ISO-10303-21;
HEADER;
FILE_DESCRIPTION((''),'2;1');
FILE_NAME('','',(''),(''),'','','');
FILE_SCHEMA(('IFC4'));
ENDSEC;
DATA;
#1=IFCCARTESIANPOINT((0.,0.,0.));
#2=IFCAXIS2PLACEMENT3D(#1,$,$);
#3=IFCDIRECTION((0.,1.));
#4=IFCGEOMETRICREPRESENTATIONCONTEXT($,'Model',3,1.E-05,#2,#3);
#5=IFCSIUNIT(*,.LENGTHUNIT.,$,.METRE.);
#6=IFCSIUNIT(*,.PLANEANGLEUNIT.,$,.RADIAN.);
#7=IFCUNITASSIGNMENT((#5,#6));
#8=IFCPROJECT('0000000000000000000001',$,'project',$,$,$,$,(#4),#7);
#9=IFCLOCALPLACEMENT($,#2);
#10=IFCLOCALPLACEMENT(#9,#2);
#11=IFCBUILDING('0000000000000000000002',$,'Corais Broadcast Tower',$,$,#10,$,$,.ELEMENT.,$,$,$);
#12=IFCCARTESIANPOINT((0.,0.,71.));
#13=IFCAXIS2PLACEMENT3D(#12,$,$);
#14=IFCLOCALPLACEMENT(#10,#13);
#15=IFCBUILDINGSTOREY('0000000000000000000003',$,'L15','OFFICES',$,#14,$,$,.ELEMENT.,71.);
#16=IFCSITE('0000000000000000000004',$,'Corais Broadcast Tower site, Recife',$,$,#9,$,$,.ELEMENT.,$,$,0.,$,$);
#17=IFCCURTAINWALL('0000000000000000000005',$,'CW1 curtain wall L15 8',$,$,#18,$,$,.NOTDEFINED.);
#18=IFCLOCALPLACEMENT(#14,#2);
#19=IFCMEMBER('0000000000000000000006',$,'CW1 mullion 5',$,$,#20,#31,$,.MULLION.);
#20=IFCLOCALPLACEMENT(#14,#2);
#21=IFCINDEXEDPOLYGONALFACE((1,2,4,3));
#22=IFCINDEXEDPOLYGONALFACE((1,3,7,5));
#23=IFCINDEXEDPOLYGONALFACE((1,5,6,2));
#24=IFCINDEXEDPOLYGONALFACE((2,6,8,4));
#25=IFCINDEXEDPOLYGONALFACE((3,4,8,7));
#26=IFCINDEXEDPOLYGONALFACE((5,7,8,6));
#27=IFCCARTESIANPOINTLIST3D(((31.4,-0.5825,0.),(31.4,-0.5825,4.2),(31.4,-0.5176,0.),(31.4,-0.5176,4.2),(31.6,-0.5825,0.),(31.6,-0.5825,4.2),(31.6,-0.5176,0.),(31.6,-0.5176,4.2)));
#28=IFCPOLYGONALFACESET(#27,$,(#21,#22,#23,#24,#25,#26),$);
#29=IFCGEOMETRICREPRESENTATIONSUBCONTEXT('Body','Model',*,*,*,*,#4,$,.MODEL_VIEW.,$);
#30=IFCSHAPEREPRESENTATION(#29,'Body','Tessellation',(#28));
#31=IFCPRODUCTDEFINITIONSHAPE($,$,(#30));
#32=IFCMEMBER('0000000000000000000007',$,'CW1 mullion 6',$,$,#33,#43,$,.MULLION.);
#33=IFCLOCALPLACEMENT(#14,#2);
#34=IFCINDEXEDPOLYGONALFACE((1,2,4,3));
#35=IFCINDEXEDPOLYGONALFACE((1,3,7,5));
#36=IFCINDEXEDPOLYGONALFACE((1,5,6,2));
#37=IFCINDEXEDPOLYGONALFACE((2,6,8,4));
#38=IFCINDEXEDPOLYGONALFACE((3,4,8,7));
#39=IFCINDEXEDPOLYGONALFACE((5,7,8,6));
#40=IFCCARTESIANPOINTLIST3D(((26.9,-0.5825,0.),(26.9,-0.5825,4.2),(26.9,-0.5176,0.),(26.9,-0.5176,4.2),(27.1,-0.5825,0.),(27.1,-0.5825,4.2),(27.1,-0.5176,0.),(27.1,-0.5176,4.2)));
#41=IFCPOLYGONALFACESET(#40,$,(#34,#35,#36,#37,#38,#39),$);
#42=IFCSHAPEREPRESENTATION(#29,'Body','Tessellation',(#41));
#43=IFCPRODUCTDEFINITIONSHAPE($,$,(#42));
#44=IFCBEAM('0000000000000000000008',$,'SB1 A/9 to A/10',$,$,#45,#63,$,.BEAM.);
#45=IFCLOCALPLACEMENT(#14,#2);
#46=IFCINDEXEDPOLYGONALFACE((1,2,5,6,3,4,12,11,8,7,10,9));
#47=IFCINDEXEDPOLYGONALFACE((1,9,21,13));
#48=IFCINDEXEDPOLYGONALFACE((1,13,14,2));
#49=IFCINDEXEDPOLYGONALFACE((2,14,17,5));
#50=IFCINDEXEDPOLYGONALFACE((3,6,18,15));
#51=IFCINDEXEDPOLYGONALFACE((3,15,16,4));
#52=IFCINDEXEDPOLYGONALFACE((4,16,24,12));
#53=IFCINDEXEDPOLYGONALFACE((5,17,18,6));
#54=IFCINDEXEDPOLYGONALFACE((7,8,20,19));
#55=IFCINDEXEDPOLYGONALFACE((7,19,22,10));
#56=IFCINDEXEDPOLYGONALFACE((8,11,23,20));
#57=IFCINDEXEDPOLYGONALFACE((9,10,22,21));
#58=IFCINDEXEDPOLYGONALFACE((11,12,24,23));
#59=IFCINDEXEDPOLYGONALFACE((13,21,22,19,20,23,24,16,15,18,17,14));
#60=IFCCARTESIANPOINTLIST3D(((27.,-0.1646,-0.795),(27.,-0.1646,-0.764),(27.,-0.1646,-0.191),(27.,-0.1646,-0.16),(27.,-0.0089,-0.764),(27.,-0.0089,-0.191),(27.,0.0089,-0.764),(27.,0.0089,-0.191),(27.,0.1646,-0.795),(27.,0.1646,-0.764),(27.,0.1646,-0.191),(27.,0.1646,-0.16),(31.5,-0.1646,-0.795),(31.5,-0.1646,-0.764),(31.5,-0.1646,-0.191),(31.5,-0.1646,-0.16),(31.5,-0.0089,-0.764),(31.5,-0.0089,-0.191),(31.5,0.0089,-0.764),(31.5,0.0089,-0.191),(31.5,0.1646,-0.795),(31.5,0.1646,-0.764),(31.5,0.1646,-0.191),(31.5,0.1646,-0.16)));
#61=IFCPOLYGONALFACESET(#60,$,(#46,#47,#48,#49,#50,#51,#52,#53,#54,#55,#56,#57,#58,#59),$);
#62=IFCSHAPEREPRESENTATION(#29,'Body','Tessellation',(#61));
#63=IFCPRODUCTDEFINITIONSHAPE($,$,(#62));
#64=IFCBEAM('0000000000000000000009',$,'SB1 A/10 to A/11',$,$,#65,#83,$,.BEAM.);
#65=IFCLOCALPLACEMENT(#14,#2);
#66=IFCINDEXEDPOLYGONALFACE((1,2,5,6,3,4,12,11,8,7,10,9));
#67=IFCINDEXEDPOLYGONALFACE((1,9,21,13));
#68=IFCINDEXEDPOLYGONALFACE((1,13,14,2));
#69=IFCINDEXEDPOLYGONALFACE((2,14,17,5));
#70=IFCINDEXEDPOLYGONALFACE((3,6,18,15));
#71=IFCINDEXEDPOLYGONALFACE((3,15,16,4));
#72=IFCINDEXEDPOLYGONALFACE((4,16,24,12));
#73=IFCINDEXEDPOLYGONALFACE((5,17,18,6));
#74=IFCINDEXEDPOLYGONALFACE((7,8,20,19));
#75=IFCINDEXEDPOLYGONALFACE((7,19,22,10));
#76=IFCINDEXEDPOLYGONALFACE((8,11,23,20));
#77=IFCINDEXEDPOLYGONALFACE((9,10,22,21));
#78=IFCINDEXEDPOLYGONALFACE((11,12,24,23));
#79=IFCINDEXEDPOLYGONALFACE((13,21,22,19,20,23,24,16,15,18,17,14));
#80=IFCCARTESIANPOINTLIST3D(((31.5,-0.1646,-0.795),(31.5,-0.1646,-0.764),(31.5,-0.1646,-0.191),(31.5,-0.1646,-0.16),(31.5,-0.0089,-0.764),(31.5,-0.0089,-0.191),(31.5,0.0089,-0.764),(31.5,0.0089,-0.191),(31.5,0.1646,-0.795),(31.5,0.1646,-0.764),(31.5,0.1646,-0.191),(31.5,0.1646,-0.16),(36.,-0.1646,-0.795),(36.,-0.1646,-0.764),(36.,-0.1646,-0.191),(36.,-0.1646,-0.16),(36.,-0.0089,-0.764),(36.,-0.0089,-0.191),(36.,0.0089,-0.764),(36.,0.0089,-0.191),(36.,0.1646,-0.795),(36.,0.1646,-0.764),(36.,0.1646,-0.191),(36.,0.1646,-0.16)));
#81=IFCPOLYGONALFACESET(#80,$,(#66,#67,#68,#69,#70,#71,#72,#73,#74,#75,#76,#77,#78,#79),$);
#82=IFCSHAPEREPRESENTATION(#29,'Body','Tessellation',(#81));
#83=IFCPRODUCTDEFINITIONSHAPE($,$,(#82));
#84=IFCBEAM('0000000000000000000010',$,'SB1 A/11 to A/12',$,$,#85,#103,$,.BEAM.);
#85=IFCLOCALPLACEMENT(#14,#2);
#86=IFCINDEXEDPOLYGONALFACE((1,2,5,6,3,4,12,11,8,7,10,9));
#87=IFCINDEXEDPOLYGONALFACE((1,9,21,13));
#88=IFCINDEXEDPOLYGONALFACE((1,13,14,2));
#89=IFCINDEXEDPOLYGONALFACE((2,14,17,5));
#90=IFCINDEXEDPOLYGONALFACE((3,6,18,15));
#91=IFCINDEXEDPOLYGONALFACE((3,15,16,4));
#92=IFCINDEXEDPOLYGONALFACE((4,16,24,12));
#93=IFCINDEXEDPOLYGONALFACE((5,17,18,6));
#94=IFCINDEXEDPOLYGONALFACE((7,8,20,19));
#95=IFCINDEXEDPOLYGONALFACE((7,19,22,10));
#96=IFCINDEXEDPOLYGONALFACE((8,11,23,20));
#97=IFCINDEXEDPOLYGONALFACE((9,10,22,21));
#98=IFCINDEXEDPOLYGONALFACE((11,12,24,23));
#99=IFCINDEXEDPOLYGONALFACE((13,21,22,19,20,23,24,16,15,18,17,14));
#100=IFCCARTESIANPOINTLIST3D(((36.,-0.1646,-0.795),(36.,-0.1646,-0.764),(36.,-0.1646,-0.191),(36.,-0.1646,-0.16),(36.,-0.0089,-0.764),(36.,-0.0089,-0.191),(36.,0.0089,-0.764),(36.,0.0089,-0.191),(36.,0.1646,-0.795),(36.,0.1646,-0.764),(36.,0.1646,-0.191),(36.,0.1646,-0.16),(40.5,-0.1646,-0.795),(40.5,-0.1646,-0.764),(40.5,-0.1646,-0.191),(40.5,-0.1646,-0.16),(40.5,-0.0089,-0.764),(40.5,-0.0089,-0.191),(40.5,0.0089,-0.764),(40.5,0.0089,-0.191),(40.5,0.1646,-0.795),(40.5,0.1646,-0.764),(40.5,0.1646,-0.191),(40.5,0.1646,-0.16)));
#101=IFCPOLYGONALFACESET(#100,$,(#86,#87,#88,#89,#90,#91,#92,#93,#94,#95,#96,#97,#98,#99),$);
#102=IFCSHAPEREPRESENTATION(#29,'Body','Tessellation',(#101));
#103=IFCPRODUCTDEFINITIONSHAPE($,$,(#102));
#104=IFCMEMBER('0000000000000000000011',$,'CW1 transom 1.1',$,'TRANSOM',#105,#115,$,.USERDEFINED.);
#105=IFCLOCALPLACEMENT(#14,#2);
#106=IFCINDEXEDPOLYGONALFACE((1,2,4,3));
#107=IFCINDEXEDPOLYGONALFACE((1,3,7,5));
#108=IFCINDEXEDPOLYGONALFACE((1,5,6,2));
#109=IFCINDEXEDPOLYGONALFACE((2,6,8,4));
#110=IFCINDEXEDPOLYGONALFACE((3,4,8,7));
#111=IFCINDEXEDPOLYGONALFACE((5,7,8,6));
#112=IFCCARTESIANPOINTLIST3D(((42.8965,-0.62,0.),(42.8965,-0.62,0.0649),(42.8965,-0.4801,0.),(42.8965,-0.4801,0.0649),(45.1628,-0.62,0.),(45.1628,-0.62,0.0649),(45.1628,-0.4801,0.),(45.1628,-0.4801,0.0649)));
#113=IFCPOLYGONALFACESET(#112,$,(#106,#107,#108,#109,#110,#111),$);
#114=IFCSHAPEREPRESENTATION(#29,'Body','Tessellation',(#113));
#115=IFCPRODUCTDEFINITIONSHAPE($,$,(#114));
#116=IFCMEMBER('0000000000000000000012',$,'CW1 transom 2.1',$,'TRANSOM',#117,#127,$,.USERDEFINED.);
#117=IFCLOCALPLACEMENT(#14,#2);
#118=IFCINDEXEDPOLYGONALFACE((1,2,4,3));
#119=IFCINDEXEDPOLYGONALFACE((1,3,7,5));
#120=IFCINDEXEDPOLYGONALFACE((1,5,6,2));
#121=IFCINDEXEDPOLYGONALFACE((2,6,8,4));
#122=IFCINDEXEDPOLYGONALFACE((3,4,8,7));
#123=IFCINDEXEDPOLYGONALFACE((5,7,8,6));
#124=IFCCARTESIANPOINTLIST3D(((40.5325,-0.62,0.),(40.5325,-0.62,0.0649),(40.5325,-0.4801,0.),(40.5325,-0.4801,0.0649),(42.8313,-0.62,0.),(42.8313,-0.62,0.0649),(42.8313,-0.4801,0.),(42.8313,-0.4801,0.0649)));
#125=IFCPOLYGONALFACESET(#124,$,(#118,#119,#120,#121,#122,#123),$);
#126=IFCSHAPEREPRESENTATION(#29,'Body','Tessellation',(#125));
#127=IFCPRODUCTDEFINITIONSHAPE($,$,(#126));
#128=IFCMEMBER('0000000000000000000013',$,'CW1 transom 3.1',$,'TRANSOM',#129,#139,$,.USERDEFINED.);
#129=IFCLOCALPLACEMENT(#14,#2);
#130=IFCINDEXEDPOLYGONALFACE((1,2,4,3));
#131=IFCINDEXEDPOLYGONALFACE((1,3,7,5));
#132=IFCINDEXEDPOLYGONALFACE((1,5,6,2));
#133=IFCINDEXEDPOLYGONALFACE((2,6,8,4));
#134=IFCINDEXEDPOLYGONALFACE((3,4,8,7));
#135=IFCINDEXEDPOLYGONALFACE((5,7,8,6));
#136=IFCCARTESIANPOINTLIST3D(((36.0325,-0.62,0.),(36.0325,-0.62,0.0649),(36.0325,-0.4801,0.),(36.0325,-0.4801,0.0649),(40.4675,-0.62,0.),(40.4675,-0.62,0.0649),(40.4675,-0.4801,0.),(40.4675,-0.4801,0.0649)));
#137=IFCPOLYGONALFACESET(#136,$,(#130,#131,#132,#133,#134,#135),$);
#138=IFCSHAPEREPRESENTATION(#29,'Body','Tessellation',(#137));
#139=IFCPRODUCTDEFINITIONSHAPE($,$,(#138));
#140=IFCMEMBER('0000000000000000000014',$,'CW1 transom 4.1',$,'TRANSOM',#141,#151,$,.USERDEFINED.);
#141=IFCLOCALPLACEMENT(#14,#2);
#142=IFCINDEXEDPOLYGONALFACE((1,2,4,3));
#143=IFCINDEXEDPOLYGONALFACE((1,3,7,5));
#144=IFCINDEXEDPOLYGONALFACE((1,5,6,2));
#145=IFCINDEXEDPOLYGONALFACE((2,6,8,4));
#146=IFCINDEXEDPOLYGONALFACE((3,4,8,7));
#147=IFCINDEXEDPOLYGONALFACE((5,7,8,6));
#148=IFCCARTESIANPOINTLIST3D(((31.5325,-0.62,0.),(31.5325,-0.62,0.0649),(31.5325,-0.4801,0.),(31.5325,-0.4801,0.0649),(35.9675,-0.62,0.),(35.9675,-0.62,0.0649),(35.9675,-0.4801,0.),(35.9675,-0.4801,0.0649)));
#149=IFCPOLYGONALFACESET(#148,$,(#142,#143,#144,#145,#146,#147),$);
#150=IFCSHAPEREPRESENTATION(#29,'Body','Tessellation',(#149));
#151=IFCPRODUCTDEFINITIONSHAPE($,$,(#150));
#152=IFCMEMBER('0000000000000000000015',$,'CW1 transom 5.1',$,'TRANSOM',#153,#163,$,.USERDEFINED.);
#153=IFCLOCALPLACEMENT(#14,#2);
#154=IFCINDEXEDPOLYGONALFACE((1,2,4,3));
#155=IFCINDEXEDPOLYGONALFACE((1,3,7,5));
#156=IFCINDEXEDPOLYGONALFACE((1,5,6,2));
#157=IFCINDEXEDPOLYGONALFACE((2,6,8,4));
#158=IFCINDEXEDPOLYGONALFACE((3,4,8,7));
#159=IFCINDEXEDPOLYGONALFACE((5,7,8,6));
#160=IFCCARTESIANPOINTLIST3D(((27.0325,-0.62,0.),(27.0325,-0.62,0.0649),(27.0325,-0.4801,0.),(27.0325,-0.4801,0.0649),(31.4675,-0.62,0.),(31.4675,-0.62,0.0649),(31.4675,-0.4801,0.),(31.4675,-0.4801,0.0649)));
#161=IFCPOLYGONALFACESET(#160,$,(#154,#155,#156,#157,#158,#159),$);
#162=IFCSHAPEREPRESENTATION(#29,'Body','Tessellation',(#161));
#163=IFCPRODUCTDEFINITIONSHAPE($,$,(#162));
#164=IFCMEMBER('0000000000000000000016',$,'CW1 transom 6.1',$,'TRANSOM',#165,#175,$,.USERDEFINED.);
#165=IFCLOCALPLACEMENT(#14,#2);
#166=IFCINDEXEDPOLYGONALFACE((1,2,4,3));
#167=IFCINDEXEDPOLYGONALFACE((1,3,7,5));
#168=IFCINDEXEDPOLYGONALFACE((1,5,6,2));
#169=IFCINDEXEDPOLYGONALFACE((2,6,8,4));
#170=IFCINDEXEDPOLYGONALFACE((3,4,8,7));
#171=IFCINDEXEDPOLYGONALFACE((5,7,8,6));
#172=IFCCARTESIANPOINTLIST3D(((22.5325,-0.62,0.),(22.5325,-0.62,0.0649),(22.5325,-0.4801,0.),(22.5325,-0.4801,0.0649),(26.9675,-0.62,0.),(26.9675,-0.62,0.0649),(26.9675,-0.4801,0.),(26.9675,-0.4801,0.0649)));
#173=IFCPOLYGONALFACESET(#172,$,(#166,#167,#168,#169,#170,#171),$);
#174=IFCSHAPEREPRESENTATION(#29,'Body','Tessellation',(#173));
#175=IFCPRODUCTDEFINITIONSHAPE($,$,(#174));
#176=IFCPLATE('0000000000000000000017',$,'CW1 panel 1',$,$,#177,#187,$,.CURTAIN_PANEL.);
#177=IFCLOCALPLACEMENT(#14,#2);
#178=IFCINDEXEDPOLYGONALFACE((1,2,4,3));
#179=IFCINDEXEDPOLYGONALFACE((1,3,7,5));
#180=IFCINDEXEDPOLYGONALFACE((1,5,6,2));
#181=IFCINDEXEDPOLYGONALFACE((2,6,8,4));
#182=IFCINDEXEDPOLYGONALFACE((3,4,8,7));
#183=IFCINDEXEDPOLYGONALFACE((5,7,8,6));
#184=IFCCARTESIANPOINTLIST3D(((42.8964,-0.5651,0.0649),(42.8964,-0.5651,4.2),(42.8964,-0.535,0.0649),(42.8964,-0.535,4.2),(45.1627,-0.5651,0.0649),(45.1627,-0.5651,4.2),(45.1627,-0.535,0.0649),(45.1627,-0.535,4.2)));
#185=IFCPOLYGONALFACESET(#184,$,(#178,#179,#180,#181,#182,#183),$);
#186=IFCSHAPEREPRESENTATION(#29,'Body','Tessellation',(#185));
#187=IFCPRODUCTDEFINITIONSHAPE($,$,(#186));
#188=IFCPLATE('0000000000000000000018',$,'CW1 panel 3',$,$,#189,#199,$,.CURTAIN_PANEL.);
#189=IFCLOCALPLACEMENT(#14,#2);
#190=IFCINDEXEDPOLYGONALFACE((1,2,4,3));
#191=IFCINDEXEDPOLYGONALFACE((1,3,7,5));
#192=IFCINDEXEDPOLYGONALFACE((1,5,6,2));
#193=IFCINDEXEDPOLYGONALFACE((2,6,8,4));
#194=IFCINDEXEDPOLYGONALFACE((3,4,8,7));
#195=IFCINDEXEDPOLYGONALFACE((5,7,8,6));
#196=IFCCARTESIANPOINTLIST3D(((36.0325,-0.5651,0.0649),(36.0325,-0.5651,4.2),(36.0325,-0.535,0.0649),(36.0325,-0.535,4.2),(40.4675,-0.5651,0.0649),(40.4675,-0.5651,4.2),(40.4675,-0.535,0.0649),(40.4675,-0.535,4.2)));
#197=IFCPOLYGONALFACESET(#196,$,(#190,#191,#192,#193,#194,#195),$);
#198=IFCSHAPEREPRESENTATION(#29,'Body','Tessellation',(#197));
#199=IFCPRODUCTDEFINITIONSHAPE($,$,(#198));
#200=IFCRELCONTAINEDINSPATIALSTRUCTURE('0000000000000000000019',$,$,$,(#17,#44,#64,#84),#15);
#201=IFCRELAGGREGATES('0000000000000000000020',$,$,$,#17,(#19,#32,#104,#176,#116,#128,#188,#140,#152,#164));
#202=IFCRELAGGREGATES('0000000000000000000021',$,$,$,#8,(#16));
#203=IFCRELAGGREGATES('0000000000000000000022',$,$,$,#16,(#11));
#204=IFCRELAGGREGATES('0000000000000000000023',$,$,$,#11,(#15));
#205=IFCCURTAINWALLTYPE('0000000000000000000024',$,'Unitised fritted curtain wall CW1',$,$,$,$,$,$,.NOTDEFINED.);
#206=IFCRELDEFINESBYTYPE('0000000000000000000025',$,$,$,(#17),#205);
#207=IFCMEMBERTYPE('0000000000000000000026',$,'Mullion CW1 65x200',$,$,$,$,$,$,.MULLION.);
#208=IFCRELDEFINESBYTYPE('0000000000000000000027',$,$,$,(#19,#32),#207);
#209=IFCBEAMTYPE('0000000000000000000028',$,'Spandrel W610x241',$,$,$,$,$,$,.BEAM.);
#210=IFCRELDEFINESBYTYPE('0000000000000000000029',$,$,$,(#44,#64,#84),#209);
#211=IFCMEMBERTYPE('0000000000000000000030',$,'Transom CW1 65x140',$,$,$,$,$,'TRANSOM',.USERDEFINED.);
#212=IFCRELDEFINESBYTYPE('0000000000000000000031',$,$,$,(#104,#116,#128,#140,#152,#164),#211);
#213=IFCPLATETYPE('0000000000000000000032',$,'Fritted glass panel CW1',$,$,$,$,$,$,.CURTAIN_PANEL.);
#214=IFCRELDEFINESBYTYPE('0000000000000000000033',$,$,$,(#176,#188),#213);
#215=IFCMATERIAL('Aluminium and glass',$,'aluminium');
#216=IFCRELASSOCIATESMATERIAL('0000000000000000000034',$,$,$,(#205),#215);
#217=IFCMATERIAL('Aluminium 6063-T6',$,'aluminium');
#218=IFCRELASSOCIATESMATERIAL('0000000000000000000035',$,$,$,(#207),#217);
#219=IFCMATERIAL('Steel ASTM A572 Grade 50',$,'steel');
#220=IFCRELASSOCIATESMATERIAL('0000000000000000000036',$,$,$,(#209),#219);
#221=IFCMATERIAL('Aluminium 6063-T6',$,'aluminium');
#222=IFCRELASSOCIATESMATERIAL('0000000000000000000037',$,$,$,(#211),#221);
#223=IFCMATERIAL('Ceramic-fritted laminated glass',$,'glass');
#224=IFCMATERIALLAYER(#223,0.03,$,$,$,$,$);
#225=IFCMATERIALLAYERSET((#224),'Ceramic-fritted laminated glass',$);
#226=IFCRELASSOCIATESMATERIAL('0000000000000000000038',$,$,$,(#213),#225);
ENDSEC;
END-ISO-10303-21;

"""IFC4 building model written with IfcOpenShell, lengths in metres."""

from ifc_helpers import new_model, si_unit, direction, frame, origin, origin_2d, place, context, subcontext, project, spatial, rectangle, i_section, extrude, material, layer, layer_set, material_profile, profile_set, type_object, element, aggregate, save


model = new_model("IFC4")

# Units and contexts
model_context = context("Model", 3, precision=1e-05, world=origin(), true_north=direction((0.0, 1.0)))
body_context = subcontext(model_context, "Body", "Model", "MODEL_VIEW")
ifc_project = project(units=[si_unit("LENGTHUNIT", "METRE"), si_unit("PLANEANGLEUNIT", "RADIAN")], contexts=[model_context])

# Site, building, storey
site_placement = place(None, origin())
site = spatial("IfcSite", under=ifc_project, at=site_placement, Name="Corais Broadcast Tower site, Recife", CompositionType="ELEMENT", RefElevation=0.0)
building_placement = place(site_placement, origin())
building = spatial("IfcBuilding", under=site, at=building_placement, Name="Corais Broadcast Tower", CompositionType="ELEMENT")
storey_placement = place(building_placement, frame((0.0, 0.0, 71.0)))
storey = spatial("IfcBuildingStorey", under=building, at=storey_placement, Name="L15", Description="OFFICES", CompositionType="ELEMENT", Elevation=71.0)

# Curtain wall, members
ifc_material_1 = material(Name="Aluminium and glass", Category="aluminium")
curtain_wall_type = type_object("IfcCurtainWallType", Name="Unitised fritted curtain wall CW1", PredefinedType="NOTDEFINED", material=ifc_material_1)
curtain_wall_placement = place(storey_placement, origin())
curtain_wall = element("IfcCurtainWall", 1, at=curtain_wall_placement, inside=storey, type_object=curtain_wall_type, Name="CW1 curtain wall L15 8", PredefinedType="NOTDEFINED")
ifc_material_2 = material(Name="Aluminium 6063-T6", Category="aluminium")
ifc_material_profile_1 = material_profile(ifc_material_2, rectangle(XDim=0.0649, YDim=0.2, at=origin_2d()), Name="Mullion CW1 65x200")
ifc_profile_set_1 = profile_set([ifc_material_profile_1], Name="Aluminium 6063-T6")
member_type_1 = type_object("IfcMemberType", Name="Mullion CW1 65x200", PredefinedType="MULLION", material=ifc_profile_set_1)
member_1_placement = place(storey_placement, frame((31.5, -0.55, 0.0), z_axis=(0.0, 0.0, 1.0), x_axis=(0.0, -1.0, 0.0)))
member_1 = element("IfcMember", 2, at=member_1_placement, type_object=member_type_1, Name="CW1 mullion 5", PredefinedType="MULLION", context=body_context, shape_type="SweptSolid", body=[
    extrude(rectangle(XDim=0.0649, YDim=0.2, at=origin_2d()), origin(), (0.0, 0.0, 1.0), 4.2),
])
member_2_placement = place(storey_placement, frame((27.0, -0.55, 0.0), z_axis=(0.0, 0.0, 1.0), x_axis=(0.0, -1.0, 0.0)))
member_2 = element("IfcMember", 3, at=member_2_placement, type_object=member_type_1, Name="CW1 mullion 6", PredefinedType="MULLION", context=body_context, shape_type="SweptSolid", body=[
    extrude(rectangle(XDim=0.0649, YDim=0.2, at=origin_2d()), origin(), (0.0, 0.0, 1.0), 4.2),
])

# Beams
ifc_material_3 = material(Name="Steel ASTM A572 Grade 50", Category="steel")
ifc_material_profile_2 = material_profile(ifc_material_3, i_section(OverallWidth=0.3291, OverallDepth=0.635, WebThickness=0.0178, FlangeThickness=0.031, at=origin_2d()), Name="W610x241")
ifc_profile_set_2 = profile_set([ifc_material_profile_2], Name="Steel ASTM A572 Grade 50")
beam_type_1 = type_object("IfcBeamType", Name="Spandrel W610x241", PredefinedType="BEAM", material=ifc_profile_set_2)
for number, where, z_axis, x_axis, name in (
    (4, (27.0, 0.0, -0.4775), (1.0, 0.0, 0.0), (0.0, 1.0, 0.0), "SB1 A/9 to A/10"),
    (5, (31.5, 0.0, -0.4775), (1.0, 0.0, 0.0), (0.0, 1.0, 0.0), "SB1 A/10 to A/11"),
    (6, (36.0, 0.0, -0.4775), (1.0, 0.0, 0.0), (0.0, 1.0, 0.0), "SB1 A/11 to A/12"),
):
    element("IfcBeam", number, at=place(storey_placement, frame(where, z_axis=z_axis, x_axis=x_axis)), inside=storey, type_object=beam_type_1, Name=name, PredefinedType="BEAM", context=body_context, shape_type="SweptSolid", body=[
        extrude(i_section(OverallWidth=0.3291, OverallDepth=0.635, WebThickness=0.0178, FlangeThickness=0.031, at=origin_2d()), origin(), (0.0, 0.0, 1.0), 4.5),
    ])

# Members
ifc_material_4 = material(Name="Aluminium 6063-T6", Category="aluminium")
ifc_material_profile_3 = material_profile(ifc_material_4, rectangle(XDim=0.1399, YDim=0.0649, at=origin_2d()), Name="Transom CW1 65x140")
ifc_profile_set_3 = profile_set([ifc_material_profile_3], Name="Aluminium 6063-T6")
member_type_2 = type_object("IfcMemberType", Name="Transom CW1 65x140", ElementType="TRANSOM", PredefinedType="USERDEFINED", material=ifc_profile_set_3)
member_3_placement = place(storey_placement, frame((45.1628, -0.55, 0.0325), z_axis=(-1.0, 0.0, 0.0), x_axis=(0.0, -1.0, 0.0)))
member_3 = element("IfcMember", 7, at=member_3_placement, type_object=member_type_2, Name="CW1 transom 1.1", ObjectType="TRANSOM", PredefinedType="USERDEFINED", context=body_context, shape_type="SweptSolid", body=[
    extrude(rectangle(XDim=0.1399, YDim=0.0649, at=origin_2d()), origin(), (0.0, 0.0, 1.0), 2.2664),
])
member_4_placement = place(storey_placement, frame((42.8313, -0.55, 0.0325), z_axis=(-1.0, 0.0, 0.0), x_axis=(0.0, -1.0, 0.0)))
member_4 = element("IfcMember", 8, at=member_4_placement, type_object=member_type_2, Name="CW1 transom 2.1", ObjectType="TRANSOM", PredefinedType="USERDEFINED", context=body_context, shape_type="SweptSolid", body=[
    extrude(rectangle(XDim=0.1399, YDim=0.0649, at=origin_2d()), origin(), (0.0, 0.0, 1.0), 2.2988),
])
member_5_placement = place(storey_placement, frame((40.4675, -0.55, 0.0325), z_axis=(-1.0, 0.0, 0.0), x_axis=(0.0, -1.0, 0.0)))
member_5 = element("IfcMember", 9, at=member_5_placement, type_object=member_type_2, Name="CW1 transom 3.1", ObjectType="TRANSOM", PredefinedType="USERDEFINED", context=body_context, shape_type="SweptSolid", body=[
    extrude(rectangle(XDim=0.1399, YDim=0.0649, at=origin_2d()), origin(), (0.0, 0.0, 1.0), 4.4351),
])
member_6_placement = place(storey_placement, frame((35.9675, -0.55, 0.0325), z_axis=(-1.0, 0.0, 0.0), x_axis=(0.0, -1.0, 0.0)))
member_6 = element("IfcMember", 10, at=member_6_placement, type_object=member_type_2, Name="CW1 transom 4.1", ObjectType="TRANSOM", PredefinedType="USERDEFINED", context=body_context, shape_type="SweptSolid", body=[
    extrude(rectangle(XDim=0.1399, YDim=0.0649, at=origin_2d()), origin(), (0.0, 0.0, 1.0), 4.4351),
])
member_7_placement = place(storey_placement, frame((31.4675, -0.55, 0.0325), z_axis=(-1.0, 0.0, 0.0), x_axis=(0.0, -1.0, 0.0)))
member_7 = element("IfcMember", 11, at=member_7_placement, type_object=member_type_2, Name="CW1 transom 5.1", ObjectType="TRANSOM", PredefinedType="USERDEFINED", context=body_context, shape_type="SweptSolid", body=[
    extrude(rectangle(XDim=0.1399, YDim=0.0649, at=origin_2d()), origin(), (0.0, 0.0, 1.0), 4.4351),
])
member_8_placement = place(storey_placement, frame((26.9675, -0.55, 0.0325), z_axis=(-1.0, 0.0, 0.0), x_axis=(0.0, -1.0, 0.0)))
member_8 = element("IfcMember", 12, at=member_8_placement, type_object=member_type_2, Name="CW1 transom 6.1", ObjectType="TRANSOM", PredefinedType="USERDEFINED", context=body_context, shape_type="SweptSolid", body=[
    extrude(rectangle(XDim=0.1399, YDim=0.0649, at=origin_2d()), origin(), (0.0, 0.0, 1.0), 4.4351),
])

# Plates
ifc_material_5 = material(Name="Ceramic-fritted laminated glass", Category="glass")
ifc_layer_1 = layer(ifc_material_5, 0.03)
ifc_layer_set_1 = layer_set([ifc_layer_1], Name="Ceramic-fritted laminated glass")
plate_type_1 = type_object("IfcPlateType", Name="Fritted glass panel CW1", PredefinedType="CURTAIN_PANEL", material=ifc_layer_set_1)
plate_1_placement = place(storey_placement, frame((44.0295, -0.55, 0.0649), z_axis=(0.0, 0.0, 1.0), x_axis=(-1.0, 0.0, 0.0)))
plate_1 = element("IfcPlate", 13, at=plate_1_placement, type_object=plate_type_1, Name="CW1 panel 1", PredefinedType="CURTAIN_PANEL", context=body_context, shape_type="SweptSolid", body=[
    extrude(rectangle(XDim=2.2664, YDim=0.03, at=origin_2d()), origin(), (0.0, 0.0, 1.0), 4.135),
])
plate_2_placement = place(storey_placement, frame((38.25, -0.55, 0.0649), z_axis=(0.0, 0.0, 1.0), x_axis=(-1.0, 0.0, 0.0)))
plate_2 = element("IfcPlate", 14, at=plate_2_placement, type_object=plate_type_1, Name="CW1 panel 3", PredefinedType="CURTAIN_PANEL", context=body_context, shape_type="SweptSolid", body=[
    extrude(rectangle(XDim=4.4351, YDim=0.03, at=origin_2d()), origin(), (0.0, 0.0, 1.0), 4.135),
])
aggregate(curtain_wall, [member_1, member_2, member_3, plate_1, member_4, member_5, plate_2, member_6, member_7, member_8])

save(model, "model.ifc")
